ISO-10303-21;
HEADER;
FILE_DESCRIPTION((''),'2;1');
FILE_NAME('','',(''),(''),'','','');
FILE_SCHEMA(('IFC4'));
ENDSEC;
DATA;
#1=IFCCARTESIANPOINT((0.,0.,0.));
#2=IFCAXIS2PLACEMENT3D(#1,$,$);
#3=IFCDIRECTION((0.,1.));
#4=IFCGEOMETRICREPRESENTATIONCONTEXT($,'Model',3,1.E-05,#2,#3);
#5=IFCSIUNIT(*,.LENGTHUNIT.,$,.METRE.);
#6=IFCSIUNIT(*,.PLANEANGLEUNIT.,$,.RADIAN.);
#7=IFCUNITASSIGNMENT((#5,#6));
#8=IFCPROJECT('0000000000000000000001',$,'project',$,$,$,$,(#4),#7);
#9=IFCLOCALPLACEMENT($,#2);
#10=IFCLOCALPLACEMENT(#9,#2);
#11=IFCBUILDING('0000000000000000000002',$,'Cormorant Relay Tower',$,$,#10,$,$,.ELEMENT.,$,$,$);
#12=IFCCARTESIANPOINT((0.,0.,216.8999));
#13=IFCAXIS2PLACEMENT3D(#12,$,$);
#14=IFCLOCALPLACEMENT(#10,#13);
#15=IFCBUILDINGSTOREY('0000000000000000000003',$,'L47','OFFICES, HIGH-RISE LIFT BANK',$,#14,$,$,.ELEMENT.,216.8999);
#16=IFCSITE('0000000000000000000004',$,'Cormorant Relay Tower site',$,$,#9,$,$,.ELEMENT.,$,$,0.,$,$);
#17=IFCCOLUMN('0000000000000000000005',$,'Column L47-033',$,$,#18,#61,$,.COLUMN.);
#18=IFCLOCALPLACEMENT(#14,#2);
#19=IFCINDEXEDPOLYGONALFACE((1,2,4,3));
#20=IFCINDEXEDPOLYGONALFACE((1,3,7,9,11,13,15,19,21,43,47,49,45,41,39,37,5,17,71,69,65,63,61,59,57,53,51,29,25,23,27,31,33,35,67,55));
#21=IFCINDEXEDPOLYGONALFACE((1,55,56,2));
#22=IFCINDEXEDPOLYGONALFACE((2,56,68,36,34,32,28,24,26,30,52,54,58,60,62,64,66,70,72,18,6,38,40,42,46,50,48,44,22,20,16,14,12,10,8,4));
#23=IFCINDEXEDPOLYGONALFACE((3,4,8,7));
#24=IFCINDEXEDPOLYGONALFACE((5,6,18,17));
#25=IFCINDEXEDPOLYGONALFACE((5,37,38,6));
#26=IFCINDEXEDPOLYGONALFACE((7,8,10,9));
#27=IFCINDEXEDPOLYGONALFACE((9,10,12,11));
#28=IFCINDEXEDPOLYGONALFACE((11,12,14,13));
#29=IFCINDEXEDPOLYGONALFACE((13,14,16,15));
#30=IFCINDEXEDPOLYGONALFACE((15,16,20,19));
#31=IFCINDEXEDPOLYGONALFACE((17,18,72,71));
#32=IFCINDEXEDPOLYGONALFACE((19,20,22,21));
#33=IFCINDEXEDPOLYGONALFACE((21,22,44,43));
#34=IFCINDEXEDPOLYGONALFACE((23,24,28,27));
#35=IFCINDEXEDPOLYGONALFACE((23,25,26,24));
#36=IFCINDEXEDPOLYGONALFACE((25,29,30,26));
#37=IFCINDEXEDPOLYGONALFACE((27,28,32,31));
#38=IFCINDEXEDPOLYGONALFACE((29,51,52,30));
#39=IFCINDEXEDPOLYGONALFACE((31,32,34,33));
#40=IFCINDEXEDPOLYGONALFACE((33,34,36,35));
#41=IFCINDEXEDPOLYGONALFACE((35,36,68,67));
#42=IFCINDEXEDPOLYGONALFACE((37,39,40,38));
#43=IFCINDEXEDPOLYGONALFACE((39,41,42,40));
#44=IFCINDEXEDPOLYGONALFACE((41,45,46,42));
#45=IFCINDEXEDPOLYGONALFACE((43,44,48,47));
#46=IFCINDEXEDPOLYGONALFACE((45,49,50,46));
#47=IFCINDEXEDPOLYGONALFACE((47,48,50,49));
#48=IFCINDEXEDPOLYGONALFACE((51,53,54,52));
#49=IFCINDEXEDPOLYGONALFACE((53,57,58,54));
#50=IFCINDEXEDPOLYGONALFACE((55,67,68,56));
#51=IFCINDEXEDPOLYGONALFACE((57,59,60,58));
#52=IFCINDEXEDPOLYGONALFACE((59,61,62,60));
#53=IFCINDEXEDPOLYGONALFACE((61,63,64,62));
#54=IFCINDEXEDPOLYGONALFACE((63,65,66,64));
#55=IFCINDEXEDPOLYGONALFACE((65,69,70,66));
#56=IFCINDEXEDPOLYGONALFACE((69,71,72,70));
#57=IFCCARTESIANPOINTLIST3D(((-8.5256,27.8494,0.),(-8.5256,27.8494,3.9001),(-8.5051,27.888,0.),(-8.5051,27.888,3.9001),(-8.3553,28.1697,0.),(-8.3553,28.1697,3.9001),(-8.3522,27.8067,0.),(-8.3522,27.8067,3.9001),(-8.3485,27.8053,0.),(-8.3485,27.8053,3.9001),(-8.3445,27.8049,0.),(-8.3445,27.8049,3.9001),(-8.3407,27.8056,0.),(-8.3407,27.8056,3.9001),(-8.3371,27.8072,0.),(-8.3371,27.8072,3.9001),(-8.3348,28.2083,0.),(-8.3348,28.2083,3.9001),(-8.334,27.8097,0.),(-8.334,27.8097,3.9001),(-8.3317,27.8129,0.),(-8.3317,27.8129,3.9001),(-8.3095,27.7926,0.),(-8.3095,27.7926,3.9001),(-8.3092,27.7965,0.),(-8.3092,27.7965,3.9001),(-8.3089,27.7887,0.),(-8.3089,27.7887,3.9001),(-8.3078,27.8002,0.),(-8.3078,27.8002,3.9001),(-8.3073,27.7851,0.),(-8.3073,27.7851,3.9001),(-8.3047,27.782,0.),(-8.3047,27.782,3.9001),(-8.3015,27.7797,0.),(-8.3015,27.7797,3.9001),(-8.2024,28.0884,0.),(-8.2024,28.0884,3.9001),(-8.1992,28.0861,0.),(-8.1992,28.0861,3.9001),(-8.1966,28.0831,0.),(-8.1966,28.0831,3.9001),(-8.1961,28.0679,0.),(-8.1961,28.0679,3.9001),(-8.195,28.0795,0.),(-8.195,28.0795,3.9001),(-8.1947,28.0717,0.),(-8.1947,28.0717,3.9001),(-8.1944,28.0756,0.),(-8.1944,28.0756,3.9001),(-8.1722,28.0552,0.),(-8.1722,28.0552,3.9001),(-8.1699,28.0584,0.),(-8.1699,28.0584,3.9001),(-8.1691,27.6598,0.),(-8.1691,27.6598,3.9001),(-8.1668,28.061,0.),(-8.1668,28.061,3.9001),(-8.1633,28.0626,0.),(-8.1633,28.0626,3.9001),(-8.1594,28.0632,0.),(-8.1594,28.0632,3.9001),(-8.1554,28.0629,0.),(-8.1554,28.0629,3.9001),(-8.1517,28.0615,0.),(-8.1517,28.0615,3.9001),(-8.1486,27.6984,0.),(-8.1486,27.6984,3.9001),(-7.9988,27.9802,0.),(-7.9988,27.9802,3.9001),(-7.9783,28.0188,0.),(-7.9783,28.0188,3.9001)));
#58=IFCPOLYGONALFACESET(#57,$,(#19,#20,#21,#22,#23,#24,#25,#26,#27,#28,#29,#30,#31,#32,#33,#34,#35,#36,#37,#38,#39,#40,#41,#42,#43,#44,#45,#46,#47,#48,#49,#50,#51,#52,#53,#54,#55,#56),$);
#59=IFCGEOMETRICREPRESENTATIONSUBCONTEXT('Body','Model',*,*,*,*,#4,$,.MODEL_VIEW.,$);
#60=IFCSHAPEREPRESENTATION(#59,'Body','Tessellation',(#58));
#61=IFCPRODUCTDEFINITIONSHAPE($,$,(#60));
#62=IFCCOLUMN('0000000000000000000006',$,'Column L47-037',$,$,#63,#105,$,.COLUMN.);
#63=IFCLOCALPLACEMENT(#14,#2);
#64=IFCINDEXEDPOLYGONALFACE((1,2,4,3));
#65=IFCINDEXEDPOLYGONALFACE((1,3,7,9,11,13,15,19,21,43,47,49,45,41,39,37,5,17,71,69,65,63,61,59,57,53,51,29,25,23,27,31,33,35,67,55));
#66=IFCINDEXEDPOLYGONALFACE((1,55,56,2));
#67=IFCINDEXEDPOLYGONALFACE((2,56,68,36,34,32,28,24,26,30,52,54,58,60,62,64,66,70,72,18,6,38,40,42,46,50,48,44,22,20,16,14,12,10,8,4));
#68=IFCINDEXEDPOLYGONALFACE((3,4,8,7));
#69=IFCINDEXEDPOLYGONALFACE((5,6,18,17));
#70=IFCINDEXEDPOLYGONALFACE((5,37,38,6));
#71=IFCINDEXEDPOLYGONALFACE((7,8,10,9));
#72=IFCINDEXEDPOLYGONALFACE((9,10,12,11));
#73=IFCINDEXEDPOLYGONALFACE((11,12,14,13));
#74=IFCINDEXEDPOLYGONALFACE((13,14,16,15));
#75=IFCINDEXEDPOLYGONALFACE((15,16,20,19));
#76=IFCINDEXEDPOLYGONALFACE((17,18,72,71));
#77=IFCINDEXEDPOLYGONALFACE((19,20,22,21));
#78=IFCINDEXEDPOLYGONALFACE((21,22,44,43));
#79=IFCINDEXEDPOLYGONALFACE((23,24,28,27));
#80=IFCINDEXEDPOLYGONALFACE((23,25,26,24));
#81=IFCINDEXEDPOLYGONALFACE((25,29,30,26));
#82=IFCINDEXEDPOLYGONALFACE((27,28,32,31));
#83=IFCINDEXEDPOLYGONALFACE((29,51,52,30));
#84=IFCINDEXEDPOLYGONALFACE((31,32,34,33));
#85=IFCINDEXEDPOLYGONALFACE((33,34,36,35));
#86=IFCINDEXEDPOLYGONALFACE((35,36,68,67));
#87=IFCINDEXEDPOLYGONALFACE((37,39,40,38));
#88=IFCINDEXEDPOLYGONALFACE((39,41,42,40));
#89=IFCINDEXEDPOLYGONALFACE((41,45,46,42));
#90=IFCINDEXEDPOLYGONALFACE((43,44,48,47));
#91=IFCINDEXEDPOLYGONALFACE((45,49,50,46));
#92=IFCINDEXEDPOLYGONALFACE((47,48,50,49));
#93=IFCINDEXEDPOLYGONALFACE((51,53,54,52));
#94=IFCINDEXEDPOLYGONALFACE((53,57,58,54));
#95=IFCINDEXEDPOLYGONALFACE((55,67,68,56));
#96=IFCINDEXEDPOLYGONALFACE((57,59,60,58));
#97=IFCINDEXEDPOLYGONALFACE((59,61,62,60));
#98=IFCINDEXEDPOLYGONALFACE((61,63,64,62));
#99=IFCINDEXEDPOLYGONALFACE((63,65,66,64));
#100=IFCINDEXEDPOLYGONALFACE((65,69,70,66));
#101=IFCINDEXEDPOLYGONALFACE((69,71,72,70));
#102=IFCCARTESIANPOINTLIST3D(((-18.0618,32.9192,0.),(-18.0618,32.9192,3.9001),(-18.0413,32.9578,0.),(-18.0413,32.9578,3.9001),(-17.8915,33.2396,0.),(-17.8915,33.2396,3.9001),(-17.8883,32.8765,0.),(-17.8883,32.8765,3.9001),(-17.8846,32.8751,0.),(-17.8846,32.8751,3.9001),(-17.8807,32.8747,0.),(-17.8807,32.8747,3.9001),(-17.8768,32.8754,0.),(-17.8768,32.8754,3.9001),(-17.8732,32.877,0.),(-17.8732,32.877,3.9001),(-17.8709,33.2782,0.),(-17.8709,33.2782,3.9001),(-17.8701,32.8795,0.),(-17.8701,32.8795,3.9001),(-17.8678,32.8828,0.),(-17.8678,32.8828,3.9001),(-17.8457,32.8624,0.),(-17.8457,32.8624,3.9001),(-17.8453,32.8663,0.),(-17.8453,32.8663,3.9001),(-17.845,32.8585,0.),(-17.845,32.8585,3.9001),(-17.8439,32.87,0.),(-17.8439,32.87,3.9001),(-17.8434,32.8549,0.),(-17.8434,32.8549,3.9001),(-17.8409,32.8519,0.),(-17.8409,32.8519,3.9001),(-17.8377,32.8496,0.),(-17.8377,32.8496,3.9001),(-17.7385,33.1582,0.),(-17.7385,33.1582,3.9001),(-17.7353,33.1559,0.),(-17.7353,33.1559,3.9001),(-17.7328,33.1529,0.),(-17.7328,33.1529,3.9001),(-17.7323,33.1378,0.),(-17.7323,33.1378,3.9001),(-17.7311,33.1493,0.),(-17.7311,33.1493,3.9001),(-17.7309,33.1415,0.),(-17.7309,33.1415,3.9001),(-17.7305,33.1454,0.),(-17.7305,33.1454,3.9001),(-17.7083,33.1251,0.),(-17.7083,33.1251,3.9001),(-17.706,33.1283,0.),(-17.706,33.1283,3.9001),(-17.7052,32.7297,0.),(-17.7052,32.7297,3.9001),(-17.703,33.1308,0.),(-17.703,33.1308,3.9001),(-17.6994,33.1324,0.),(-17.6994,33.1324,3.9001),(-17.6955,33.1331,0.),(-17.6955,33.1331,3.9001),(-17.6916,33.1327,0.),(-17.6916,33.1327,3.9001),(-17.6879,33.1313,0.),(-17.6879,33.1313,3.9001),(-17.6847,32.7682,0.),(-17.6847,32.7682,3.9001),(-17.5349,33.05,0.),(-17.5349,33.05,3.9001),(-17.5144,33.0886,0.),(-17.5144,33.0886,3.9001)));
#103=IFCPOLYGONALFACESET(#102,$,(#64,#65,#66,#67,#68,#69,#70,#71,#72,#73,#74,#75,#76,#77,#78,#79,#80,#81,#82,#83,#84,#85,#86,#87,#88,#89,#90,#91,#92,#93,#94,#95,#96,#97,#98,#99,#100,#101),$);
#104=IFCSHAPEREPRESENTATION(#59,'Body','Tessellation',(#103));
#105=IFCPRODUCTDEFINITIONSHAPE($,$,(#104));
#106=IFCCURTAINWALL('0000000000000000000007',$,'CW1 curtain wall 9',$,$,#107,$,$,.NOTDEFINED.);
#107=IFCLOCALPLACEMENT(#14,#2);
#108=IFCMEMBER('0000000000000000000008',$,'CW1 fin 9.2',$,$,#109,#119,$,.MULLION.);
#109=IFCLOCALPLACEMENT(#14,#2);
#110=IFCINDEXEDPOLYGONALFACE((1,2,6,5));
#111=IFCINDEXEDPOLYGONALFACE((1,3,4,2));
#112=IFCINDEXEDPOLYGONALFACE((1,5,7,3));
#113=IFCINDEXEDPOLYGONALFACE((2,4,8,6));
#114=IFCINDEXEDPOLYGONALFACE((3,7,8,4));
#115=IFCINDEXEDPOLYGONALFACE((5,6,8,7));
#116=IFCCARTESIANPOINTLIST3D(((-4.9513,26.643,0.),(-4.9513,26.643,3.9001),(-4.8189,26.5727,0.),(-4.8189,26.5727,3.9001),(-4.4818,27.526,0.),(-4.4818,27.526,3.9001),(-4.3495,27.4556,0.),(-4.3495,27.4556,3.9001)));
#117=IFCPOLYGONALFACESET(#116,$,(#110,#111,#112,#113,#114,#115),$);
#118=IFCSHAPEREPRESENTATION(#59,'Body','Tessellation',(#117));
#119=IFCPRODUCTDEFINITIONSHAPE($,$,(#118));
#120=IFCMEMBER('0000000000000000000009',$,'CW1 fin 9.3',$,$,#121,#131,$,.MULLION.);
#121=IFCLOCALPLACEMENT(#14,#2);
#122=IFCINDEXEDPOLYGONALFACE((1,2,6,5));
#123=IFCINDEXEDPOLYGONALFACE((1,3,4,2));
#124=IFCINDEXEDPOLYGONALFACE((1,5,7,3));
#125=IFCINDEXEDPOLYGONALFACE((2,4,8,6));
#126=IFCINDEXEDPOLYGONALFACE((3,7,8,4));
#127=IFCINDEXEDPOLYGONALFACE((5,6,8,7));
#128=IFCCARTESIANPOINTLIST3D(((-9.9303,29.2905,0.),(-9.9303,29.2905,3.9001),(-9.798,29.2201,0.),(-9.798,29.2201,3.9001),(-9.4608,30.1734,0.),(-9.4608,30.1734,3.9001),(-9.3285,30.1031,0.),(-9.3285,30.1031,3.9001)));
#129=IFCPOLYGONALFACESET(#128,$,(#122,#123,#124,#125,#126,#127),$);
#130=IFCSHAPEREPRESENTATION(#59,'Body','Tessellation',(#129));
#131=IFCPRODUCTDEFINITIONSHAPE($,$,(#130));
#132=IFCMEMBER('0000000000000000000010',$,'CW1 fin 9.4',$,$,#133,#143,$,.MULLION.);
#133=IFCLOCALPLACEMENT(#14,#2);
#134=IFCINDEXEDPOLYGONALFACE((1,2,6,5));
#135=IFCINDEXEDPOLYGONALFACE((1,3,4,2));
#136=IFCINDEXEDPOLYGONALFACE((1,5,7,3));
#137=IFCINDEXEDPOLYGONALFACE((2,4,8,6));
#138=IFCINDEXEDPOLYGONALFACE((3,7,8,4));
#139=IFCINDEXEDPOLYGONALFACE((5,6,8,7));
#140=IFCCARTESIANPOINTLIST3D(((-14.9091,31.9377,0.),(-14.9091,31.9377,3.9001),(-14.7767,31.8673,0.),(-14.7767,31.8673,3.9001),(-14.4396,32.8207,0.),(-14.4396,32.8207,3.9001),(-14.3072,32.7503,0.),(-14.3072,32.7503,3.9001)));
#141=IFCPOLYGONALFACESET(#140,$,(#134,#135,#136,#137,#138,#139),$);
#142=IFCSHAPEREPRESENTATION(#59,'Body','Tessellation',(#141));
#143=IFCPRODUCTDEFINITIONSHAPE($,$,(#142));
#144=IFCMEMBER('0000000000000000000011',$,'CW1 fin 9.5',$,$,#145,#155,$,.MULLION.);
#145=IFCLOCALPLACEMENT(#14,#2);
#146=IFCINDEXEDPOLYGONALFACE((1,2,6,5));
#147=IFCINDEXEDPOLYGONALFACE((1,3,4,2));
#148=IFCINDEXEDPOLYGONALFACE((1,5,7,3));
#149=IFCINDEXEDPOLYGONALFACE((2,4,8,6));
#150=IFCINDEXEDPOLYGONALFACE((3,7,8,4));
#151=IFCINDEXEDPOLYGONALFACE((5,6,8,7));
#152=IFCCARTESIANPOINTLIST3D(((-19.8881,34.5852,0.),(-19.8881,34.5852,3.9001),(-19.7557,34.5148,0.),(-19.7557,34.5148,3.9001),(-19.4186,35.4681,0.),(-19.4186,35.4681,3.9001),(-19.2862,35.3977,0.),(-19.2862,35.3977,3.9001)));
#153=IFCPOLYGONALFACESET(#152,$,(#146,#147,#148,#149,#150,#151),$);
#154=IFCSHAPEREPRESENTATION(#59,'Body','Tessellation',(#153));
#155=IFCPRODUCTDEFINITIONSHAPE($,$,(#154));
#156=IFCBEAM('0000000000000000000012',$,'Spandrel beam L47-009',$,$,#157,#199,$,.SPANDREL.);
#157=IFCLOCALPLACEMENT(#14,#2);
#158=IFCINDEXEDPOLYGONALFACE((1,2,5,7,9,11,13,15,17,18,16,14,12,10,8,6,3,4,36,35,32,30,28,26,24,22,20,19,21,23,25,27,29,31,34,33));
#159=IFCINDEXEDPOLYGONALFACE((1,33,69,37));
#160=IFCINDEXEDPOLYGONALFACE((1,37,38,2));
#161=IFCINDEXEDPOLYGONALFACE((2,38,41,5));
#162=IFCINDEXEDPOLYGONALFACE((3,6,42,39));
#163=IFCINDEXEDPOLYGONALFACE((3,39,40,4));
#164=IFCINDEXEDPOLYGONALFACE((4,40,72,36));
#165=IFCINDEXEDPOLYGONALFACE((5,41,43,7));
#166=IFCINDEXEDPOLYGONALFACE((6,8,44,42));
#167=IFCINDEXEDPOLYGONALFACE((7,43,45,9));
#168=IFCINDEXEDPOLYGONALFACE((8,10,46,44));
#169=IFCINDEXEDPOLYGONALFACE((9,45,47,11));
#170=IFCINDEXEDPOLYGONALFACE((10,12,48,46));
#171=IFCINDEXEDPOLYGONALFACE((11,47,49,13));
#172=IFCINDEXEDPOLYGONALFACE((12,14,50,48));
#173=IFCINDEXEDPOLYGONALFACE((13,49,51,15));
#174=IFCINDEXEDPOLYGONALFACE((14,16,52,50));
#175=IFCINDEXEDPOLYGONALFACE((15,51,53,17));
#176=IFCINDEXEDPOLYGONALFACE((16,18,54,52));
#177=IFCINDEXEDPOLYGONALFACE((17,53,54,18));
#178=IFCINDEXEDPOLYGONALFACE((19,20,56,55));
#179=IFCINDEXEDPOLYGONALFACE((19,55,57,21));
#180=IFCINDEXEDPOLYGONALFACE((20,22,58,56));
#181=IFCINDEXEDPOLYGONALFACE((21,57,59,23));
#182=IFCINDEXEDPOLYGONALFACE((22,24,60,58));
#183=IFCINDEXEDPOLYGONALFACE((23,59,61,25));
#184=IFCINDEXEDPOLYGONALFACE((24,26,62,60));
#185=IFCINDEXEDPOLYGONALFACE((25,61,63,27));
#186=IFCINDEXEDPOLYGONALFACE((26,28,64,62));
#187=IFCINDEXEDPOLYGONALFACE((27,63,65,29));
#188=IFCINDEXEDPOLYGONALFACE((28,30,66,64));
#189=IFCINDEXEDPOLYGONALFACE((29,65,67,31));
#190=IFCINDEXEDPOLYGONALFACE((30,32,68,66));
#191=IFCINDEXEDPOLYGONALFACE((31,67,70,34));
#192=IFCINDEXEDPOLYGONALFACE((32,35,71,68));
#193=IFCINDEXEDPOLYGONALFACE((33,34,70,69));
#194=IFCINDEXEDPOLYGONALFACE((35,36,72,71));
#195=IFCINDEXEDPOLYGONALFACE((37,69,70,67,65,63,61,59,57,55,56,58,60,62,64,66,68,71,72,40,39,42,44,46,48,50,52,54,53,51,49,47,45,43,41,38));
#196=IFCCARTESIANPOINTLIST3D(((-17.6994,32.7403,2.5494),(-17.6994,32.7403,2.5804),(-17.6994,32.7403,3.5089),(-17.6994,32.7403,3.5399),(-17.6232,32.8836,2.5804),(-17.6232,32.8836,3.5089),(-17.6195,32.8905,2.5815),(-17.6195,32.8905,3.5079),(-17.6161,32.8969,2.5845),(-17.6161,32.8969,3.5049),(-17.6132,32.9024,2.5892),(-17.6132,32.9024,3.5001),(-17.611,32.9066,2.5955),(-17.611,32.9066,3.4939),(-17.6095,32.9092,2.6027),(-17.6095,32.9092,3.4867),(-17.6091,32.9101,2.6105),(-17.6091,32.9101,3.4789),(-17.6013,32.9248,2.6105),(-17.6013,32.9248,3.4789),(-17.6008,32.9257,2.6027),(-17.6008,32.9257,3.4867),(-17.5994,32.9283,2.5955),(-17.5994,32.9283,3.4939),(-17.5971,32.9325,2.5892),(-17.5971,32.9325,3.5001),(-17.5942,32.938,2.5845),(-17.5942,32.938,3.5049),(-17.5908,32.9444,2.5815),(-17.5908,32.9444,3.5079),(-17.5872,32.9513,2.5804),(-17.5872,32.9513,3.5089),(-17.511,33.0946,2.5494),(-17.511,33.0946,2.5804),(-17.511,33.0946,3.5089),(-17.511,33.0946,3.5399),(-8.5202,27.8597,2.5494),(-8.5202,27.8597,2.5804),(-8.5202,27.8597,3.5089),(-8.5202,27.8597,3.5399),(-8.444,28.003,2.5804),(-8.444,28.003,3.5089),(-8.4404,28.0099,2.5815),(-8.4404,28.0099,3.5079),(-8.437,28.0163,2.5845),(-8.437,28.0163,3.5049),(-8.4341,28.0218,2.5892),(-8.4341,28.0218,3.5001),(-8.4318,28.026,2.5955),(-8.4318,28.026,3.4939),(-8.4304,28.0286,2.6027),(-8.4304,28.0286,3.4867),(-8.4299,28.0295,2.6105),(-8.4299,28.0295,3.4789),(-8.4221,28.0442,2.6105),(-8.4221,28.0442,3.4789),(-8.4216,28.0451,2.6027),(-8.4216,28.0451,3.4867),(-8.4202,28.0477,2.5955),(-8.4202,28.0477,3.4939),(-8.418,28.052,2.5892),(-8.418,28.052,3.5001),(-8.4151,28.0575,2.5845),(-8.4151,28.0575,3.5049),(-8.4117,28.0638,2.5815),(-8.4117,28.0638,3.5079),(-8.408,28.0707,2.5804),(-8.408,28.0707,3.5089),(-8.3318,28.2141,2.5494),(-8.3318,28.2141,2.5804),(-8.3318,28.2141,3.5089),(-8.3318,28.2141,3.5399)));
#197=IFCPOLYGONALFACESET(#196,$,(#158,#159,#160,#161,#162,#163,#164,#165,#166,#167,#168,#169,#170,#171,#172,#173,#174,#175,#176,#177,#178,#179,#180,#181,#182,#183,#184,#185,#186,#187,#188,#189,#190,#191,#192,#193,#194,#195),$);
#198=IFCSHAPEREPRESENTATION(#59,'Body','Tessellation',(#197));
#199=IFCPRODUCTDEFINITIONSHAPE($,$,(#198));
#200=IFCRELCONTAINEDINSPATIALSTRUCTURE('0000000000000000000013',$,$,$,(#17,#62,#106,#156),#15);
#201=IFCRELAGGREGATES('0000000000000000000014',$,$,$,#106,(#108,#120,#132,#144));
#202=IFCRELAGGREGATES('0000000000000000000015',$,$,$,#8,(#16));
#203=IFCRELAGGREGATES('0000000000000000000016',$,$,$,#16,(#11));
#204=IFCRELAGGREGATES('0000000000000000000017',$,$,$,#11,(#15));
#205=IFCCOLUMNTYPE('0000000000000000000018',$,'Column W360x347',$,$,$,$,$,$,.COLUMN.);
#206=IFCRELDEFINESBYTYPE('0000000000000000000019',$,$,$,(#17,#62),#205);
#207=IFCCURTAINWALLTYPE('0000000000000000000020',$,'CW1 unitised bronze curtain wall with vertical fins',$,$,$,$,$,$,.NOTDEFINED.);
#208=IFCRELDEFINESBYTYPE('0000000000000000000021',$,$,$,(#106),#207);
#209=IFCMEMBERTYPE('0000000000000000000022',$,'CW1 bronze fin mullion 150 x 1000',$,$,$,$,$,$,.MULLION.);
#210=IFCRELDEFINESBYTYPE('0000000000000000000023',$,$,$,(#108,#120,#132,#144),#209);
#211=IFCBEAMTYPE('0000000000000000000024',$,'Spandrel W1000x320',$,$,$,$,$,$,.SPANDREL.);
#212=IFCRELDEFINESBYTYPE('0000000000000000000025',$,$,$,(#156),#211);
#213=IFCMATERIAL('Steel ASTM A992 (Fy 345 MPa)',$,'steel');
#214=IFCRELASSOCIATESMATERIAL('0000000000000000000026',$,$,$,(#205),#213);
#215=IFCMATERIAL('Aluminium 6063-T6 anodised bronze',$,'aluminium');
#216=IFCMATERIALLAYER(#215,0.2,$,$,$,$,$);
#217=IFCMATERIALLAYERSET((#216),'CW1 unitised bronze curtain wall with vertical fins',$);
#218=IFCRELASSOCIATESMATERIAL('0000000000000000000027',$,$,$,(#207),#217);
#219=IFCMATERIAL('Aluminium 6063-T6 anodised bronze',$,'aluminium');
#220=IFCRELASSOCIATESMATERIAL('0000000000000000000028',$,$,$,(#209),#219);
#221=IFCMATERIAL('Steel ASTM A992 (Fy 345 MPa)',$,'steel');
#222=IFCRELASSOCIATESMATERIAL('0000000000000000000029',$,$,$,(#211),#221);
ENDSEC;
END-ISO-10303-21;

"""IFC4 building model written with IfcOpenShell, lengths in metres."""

from ifc_helpers import new_model, si_unit, direction, frame, origin, origin_2d, place, context, subcontext, project, spatial, rectangle, i_section, extrude, material, layer, layer_set, material_profile, profile_set, type_object, element, aggregate, save


model = new_model("IFC4")

# Units and contexts
model_context = context("Model", 3, precision=1e-05, world=origin(), true_north=direction((0.0, 1.0)))
body_context = subcontext(model_context, "Body", "Model", "MODEL_VIEW")
ifc_project = project(units=[si_unit("LENGTHUNIT", "METRE"), si_unit("PLANEANGLEUNIT", "RADIAN")], contexts=[model_context])

# Site, building, storey
site_placement = place(None, origin())
site = spatial("IfcSite", under=ifc_project, at=site_placement, Name="Cormorant Relay Tower site", CompositionType="ELEMENT", RefElevation=0.0)
building_placement = place(site_placement, origin())
building = spatial("IfcBuilding", under=site, at=building_placement, Name="Cormorant Relay Tower", CompositionType="ELEMENT")
storey_placement = place(building_placement, frame((0.0, 0.0, 216.8999)))
storey = spatial("IfcBuildingStorey", under=building, at=storey_placement, Name="L47", Description="OFFICES, HIGH-RISE LIFT BANK", CompositionType="ELEMENT", Elevation=216.8999)

# Columns
ifc_material_1 = material(Name="Steel ASTM A992 (Fy 345 MPa)", Category="steel")
ifc_material_profile_1 = material_profile(ifc_material_1, i_section(OverallWidth=0.4038, OverallDepth=0.4065, WebThickness=0.0271, FlangeThickness=0.0437, FilletRadius=0.0151, at=origin_2d()), Name="W360x347")
ifc_profile_set_1 = profile_set([ifc_material_profile_1], Name="Steel ASTM A992 (Fy 345 MPa)")
column_type = type_object("IfcColumnType", Name="Column W360x347", PredefinedType="COLUMN", material=ifc_profile_set_1)
for number, where, z_axis, x_axis, name in (
    (1, (-8.252, 27.9341, 0.0), (0.0, 0.0, 1.0), (-0.882948, 0.469472, 0.0), "Column L47-033"),
    (2, (-17.7881, 33.0039, 0.0), (0.0, 0.0, 1.0), (-0.882948, 0.469472, 0.0), "Column L47-037"),
):
    element("IfcColumn", number, at=place(storey_placement, frame(where, z_axis=z_axis, x_axis=x_axis)), inside=storey, type_object=column_type, Name=name, PredefinedType="COLUMN", context=body_context, shape_type="SweptSolid", body=[
        extrude(i_section(OverallWidth=0.4038, OverallDepth=0.4065, WebThickness=0.0271, FlangeThickness=0.0437, FilletRadius=0.0151, at=origin_2d()), origin(), (0.0, 0.0, 1.0), 3.9001),
    ])

# Curtain wall, members
ifc_material_2 = material(Name="Aluminium 6063-T6 anodised bronze", Category="aluminium")
ifc_layer_1 = layer(ifc_material_2, 0.2)
ifc_layer_set_1 = layer_set([ifc_layer_1], Name="CW1 unitised bronze curtain wall with vertical fins")
curtain_wall_type = type_object("IfcCurtainWallType", Name="CW1 unitised bronze curtain wall with vertical fins", PredefinedType="NOTDEFINED", material=ifc_layer_set_1)
curtain_wall_placement = place(storey_placement, origin())
curtain_wall = element("IfcCurtainWall", 3, at=curtain_wall_placement, inside=storey, type_object=curtain_wall_type, Name="CW1 curtain wall 9", PredefinedType="NOTDEFINED")
ifc_material_3 = material(Name="Aluminium 6063-T6 anodised bronze", Category="aluminium")
ifc_material_profile_2 = material_profile(ifc_material_3, rectangle(XDim=0.1499, YDim=1.0, at=origin_2d()), Name="AL 150x1000")
ifc_profile_set_2 = profile_set([ifc_material_profile_2], Name="Aluminium 6063-T6 anodised bronze")
member_type = type_object("IfcMemberType", Name="CW1 bronze fin mullion 150 x 1000", PredefinedType="MULLION", material=ifc_profile_set_2)
member_1_placement = place(storey_placement, frame((-4.6504, 27.0493, 0.0), z_axis=(0.0, 0.0, 1.0), x_axis=(-0.882948, 0.469472, 0.0)))
member_1 = element("IfcMember", 4, at=member_1_placement, type_object=member_type, Name="CW1 fin 9.2", PredefinedType="MULLION", context=body_context, shape_type="SweptSolid", body=[
    extrude(rectangle(XDim=0.1499, YDim=1.0, at=origin_2d()), origin(), (0.0, 0.0, 1.0), 3.9001),
])
member_2_placement = place(storey_placement, frame((-9.6294, 29.6968, 0.0), z_axis=(0.0, 0.0, 1.0), x_axis=(-0.882948, 0.469472, 0.0)))
member_2 = element("IfcMember", 5, at=member_2_placement, type_object=member_type, Name="CW1 fin 9.3", PredefinedType="MULLION", context=body_context, shape_type="SweptSolid", body=[
    extrude(rectangle(XDim=0.1499, YDim=1.0, at=origin_2d()), origin(), (0.0, 0.0, 1.0), 3.9001),
])
member_3_placement = place(storey_placement, frame((-14.6082, 32.344, 0.0), z_axis=(0.0, 0.0, 1.0), x_axis=(-0.882948, 0.469472, 0.0)))
member_3 = element("IfcMember", 6, at=member_3_placement, type_object=member_type, Name="CW1 fin 9.4", PredefinedType="MULLION", context=body_context, shape_type="SweptSolid", body=[
    extrude(rectangle(XDim=0.1499, YDim=1.0, at=origin_2d()), origin(), (0.0, 0.0, 1.0), 3.9001),
])
member_4_placement = place(storey_placement, frame((-19.5872, 34.9915, 0.0), z_axis=(0.0, 0.0, 1.0), x_axis=(-0.882948, 0.469472, 0.0)))
member_4 = element("IfcMember", 7, at=member_4_placement, type_object=member_type, Name="CW1 fin 9.5", PredefinedType="MULLION", context=body_context, shape_type="SweptSolid", body=[
    extrude(rectangle(XDim=0.1499, YDim=1.0, at=origin_2d()), origin(), (0.0, 0.0, 1.0), 3.9001),
])

# Beam
ifc_material_4 = material(Name="Steel ASTM A992 (Fy 345 MPa)", Category="steel")
ifc_material_profile_3 = material_profile(ifc_material_4, i_section(OverallWidth=0.4014, OverallDepth=0.9905, WebThickness=0.0166, FlangeThickness=0.031, FilletRadius=0.03, at=origin_2d()), Name="W1000x320")
ifc_profile_set_3 = profile_set([ifc_material_profile_3], Name="Steel ASTM A992 (Fy 345 MPa)")
beam_type_1 = type_object("IfcBeamType", Name="Spandrel W1000x320", PredefinedType="SPANDREL", material=ifc_profile_set_3)
beam_1_placement = place(storey_placement, frame((-8.426, 28.0369, 3.0447), z_axis=(-0.88295, 0.469468, 0.0), x_axis=(-0.469468, -0.88295, 0.0)))
element("IfcBeam", 8, at=beam_1_placement, inside=storey, type_object=beam_type_1, Name="Spandrel beam L47-009", PredefinedType="SPANDREL", context=body_context, shape_type="SweptSolid", body=[
    extrude(i_section(OverallWidth=0.4014, OverallDepth=0.9905, WebThickness=0.0166, FlangeThickness=0.031, FilletRadius=0.03, at=origin_2d()), origin(), (0.0, 0.0, 1.0), 10.396),
])

aggregate(curtain_wall, [member_1, member_2, member_3, member_4])

save(model, "model.ifc")
